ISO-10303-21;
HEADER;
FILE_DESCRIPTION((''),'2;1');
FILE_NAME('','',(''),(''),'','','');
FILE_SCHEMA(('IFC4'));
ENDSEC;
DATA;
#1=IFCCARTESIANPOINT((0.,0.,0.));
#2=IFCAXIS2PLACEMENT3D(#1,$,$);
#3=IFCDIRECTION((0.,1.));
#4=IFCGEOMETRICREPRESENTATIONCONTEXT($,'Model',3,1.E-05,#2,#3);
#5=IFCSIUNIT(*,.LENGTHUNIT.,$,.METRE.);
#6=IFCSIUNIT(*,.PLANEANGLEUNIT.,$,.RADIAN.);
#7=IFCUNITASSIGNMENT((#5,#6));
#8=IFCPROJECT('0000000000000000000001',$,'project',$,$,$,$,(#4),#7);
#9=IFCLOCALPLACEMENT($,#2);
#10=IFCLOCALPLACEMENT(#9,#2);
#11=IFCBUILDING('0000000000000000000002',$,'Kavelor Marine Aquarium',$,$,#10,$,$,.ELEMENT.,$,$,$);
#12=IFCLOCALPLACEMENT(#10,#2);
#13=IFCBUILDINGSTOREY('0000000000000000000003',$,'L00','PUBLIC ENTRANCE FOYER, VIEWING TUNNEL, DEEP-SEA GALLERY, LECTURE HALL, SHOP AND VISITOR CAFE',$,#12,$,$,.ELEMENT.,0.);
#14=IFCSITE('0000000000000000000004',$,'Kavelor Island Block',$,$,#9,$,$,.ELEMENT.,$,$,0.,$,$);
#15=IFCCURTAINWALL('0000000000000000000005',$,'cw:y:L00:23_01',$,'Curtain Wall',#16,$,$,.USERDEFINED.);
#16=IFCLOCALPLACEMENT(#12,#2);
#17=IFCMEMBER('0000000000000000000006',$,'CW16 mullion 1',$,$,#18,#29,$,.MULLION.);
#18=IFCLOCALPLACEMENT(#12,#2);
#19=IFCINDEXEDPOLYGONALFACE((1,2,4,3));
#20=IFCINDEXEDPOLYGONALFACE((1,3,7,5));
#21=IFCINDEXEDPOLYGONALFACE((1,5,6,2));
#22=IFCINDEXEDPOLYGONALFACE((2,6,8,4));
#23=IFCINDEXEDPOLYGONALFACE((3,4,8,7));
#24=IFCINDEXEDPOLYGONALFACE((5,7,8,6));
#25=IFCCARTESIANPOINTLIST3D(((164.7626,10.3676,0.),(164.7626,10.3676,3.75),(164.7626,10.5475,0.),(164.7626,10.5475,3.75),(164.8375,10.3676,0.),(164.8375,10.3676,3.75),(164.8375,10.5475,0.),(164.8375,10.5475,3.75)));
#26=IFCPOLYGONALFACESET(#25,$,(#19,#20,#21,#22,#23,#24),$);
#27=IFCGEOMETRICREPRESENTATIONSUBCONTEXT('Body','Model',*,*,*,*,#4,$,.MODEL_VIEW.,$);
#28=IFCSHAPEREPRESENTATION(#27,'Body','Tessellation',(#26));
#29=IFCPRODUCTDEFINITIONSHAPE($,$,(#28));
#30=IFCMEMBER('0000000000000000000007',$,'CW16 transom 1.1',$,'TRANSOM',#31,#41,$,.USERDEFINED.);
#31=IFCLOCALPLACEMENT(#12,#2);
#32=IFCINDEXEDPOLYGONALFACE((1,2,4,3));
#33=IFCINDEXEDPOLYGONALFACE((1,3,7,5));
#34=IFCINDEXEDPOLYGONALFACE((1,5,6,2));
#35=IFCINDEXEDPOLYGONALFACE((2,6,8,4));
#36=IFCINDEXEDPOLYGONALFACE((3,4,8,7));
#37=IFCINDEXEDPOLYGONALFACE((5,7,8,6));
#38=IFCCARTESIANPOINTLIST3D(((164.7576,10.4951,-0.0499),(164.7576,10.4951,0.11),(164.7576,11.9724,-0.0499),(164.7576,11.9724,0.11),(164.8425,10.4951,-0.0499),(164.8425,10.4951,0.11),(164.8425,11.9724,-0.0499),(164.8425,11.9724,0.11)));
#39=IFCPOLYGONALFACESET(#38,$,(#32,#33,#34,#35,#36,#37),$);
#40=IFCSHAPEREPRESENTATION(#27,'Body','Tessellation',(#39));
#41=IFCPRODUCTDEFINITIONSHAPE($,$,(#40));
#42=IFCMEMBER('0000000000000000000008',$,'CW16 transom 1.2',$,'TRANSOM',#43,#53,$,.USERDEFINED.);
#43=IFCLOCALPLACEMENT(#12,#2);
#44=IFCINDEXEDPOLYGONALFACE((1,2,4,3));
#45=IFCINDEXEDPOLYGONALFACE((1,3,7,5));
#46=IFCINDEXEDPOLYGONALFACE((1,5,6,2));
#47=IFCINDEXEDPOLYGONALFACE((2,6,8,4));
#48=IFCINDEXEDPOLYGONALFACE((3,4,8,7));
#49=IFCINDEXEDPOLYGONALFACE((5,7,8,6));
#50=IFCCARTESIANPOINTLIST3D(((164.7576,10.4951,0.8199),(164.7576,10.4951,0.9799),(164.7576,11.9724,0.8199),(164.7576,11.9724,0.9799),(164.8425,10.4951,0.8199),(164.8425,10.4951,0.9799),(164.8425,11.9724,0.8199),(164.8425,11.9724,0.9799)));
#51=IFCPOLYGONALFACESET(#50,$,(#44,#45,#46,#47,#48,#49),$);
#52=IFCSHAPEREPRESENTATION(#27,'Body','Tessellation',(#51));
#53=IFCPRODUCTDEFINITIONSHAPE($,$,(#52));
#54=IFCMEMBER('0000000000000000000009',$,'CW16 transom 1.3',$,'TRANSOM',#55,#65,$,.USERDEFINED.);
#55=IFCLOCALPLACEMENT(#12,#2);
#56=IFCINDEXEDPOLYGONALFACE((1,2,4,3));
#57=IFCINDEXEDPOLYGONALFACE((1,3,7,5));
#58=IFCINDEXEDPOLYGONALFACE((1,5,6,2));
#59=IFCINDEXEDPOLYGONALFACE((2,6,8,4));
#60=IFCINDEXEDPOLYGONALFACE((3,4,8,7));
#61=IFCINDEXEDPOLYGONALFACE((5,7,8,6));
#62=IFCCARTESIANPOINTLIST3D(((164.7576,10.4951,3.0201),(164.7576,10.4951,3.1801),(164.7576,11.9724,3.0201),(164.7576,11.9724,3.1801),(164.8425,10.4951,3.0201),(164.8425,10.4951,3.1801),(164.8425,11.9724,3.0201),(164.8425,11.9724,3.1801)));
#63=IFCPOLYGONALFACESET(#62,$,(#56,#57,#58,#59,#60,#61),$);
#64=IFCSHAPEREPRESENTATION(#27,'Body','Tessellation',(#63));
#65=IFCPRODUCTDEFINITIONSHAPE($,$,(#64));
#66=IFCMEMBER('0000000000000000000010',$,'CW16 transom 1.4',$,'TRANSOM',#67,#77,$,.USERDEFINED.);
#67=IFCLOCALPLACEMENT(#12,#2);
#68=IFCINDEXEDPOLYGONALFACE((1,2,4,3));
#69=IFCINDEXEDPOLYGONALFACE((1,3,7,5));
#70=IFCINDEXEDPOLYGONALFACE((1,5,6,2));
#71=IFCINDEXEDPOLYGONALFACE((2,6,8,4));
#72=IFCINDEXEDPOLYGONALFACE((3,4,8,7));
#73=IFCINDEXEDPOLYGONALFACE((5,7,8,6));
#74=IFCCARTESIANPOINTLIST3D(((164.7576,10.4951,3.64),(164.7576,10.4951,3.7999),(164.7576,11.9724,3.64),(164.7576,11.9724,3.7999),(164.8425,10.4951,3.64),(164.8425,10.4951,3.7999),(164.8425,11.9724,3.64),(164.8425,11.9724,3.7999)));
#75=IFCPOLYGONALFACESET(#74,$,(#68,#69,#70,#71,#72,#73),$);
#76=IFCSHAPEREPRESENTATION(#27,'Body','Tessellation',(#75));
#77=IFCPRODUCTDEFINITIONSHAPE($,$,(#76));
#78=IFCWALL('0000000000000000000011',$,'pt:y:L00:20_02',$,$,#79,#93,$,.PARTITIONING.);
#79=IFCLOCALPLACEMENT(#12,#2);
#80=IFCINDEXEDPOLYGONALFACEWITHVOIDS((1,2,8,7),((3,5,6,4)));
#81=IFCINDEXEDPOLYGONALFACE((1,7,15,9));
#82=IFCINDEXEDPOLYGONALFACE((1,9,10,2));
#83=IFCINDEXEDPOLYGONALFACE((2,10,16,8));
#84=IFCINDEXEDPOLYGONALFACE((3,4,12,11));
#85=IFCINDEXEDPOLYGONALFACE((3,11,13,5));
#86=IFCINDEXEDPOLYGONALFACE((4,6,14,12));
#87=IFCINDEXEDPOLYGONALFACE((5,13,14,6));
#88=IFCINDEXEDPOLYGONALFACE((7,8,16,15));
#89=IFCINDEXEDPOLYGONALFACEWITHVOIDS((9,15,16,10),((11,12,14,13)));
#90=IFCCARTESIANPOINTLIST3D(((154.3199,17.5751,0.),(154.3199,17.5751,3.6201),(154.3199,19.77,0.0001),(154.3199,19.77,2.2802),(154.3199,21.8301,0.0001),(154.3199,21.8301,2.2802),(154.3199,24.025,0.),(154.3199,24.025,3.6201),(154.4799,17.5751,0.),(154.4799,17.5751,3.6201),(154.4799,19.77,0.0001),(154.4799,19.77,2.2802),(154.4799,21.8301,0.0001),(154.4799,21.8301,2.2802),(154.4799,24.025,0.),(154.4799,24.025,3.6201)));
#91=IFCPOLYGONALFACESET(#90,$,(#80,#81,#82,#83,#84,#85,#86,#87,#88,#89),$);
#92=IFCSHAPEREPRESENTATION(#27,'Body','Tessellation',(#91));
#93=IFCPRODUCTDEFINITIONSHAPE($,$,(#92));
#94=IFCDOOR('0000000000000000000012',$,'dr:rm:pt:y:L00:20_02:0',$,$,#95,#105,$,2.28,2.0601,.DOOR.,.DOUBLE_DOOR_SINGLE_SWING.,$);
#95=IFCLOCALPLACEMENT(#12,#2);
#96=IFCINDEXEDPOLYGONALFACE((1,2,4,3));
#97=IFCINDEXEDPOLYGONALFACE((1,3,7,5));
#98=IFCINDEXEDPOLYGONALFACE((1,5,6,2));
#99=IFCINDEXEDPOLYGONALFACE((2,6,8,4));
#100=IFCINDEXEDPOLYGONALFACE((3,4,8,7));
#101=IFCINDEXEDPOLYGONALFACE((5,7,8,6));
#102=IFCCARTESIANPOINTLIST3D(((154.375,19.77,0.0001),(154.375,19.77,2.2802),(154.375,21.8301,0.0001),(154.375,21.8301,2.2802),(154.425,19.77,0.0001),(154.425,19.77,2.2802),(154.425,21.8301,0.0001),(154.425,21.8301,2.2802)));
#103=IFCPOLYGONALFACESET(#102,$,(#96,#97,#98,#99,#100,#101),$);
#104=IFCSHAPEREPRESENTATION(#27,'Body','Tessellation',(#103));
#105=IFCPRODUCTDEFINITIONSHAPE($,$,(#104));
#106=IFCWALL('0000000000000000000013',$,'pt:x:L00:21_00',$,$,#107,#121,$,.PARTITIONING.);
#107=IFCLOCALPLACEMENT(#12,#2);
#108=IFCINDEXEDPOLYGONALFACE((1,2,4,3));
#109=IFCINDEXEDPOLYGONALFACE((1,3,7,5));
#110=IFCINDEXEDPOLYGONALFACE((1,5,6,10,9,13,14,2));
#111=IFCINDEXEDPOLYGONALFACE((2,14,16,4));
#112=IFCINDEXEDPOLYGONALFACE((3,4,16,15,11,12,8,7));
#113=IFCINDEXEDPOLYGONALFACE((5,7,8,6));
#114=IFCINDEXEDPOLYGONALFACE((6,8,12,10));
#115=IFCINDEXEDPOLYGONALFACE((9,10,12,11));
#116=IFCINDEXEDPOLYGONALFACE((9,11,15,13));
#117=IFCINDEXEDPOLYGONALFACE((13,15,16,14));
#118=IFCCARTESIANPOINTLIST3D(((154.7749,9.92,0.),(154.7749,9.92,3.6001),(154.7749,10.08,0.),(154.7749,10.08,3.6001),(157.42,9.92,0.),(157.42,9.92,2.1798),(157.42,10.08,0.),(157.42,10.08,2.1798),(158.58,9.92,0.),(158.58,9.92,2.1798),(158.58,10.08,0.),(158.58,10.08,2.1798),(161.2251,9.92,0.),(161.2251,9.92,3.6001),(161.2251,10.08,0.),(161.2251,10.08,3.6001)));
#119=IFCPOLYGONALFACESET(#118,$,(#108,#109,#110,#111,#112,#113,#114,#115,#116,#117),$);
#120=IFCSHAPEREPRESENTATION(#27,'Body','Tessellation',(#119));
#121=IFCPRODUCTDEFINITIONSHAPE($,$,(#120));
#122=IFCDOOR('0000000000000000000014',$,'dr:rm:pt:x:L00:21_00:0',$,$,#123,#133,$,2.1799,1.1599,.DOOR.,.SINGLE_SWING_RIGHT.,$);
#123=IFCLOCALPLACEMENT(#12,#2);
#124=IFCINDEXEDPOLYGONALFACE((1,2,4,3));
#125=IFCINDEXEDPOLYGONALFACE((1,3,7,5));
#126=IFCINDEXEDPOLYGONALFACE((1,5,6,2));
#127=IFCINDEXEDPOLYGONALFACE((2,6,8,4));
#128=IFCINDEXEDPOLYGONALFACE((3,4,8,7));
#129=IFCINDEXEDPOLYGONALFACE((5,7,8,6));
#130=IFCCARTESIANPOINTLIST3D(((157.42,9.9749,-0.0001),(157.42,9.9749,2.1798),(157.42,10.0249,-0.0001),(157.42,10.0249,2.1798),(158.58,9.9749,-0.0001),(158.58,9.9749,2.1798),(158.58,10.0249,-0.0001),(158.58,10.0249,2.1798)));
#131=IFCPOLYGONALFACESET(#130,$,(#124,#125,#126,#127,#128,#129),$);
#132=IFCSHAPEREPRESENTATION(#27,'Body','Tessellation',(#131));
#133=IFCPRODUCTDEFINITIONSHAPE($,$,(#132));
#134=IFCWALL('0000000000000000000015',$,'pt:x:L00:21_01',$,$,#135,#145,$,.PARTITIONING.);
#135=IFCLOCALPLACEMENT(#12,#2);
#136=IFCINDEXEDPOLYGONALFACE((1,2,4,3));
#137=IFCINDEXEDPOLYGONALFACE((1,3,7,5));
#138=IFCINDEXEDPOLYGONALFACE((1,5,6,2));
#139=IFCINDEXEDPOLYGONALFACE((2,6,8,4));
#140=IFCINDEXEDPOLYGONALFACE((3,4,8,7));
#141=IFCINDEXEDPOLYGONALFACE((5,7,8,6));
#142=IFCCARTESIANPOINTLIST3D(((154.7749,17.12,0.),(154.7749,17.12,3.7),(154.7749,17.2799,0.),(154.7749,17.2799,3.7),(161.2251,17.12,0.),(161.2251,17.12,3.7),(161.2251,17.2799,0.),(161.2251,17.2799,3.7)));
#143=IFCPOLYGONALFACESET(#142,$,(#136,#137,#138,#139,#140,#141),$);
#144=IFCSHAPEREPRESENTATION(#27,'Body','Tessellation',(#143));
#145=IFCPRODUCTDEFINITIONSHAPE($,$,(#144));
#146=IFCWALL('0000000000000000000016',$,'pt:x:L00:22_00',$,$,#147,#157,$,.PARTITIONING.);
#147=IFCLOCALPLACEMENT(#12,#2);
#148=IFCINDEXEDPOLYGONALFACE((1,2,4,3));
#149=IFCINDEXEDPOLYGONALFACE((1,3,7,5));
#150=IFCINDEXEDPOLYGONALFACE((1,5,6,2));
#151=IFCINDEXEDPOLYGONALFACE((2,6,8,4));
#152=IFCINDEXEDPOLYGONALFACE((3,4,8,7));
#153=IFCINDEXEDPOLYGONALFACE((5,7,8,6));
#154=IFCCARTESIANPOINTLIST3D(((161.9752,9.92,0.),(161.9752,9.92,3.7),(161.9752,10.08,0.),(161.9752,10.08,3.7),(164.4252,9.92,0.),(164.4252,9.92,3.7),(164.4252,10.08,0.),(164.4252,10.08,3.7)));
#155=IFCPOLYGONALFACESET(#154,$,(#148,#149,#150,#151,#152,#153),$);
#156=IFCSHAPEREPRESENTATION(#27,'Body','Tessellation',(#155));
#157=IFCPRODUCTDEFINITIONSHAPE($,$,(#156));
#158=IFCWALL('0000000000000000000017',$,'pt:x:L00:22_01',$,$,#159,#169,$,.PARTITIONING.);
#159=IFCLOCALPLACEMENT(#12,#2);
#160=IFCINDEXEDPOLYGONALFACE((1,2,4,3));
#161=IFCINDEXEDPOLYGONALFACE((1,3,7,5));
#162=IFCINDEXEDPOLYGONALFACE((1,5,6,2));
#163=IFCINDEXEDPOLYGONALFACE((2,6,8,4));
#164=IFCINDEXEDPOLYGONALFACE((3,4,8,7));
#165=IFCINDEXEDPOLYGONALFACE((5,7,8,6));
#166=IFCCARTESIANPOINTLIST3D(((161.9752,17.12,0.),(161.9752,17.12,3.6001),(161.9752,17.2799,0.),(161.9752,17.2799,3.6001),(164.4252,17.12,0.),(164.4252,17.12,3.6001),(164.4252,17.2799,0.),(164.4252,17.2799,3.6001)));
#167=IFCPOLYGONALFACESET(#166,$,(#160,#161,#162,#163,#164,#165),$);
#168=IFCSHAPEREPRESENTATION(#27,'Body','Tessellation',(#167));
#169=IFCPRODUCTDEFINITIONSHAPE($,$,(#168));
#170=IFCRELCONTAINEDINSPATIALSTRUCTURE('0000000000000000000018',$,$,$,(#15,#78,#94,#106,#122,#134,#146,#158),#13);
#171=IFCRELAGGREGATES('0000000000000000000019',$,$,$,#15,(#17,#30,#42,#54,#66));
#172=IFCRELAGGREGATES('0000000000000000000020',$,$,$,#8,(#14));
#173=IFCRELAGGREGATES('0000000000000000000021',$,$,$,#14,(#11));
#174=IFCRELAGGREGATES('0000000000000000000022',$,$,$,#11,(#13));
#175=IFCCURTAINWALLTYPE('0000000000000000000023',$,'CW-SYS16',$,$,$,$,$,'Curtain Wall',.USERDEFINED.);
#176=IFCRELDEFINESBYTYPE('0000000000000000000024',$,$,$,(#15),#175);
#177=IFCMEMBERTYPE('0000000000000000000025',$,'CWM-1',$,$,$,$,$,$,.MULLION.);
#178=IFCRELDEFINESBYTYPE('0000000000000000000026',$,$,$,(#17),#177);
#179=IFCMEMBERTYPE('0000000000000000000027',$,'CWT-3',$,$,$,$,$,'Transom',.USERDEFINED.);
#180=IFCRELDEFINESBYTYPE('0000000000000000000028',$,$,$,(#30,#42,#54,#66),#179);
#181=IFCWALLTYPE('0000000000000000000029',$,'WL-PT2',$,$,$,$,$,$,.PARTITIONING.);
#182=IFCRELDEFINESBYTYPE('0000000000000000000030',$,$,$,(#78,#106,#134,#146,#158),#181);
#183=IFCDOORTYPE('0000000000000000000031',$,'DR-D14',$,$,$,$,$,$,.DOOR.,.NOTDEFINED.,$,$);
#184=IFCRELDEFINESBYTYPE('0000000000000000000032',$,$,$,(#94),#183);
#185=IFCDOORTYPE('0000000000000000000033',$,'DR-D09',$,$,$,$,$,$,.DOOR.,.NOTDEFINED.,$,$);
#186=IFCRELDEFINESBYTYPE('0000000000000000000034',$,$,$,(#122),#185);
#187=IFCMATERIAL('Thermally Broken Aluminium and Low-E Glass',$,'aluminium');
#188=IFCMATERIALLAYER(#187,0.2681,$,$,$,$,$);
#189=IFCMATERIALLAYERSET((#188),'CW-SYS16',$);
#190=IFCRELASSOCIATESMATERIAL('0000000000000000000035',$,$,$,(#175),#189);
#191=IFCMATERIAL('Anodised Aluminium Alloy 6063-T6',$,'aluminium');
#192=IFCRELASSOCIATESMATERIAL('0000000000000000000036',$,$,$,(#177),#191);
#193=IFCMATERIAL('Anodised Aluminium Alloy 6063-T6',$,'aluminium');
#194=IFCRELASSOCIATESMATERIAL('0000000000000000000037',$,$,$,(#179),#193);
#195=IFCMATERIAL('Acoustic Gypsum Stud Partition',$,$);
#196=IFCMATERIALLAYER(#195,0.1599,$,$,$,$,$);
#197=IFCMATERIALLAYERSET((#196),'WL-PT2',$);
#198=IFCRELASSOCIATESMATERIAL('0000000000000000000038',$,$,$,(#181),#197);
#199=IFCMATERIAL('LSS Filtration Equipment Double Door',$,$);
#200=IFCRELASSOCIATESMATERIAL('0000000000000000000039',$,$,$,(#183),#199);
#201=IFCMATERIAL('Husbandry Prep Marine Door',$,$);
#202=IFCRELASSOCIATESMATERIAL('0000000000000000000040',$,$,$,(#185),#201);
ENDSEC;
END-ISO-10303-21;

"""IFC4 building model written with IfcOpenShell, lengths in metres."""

from ifc_helpers import new_model, si_unit, direction, frame, frame_2d, origin, origin_2d, place, context, subcontext, project, spatial, rectangle, extrude, material, layer, layer_set, material_profile, profile_set, type_object, element, fill, aggregate, save


model = new_model("IFC4")

# Units and contexts
model_context = context("Model", 3, precision=1e-05, world=origin(), true_north=direction((0.0, 1.0)))
body_context = subcontext(model_context, "Body", "Model", "MODEL_VIEW")
ifc_project = project(units=[si_unit("LENGTHUNIT", "METRE"), si_unit("PLANEANGLEUNIT", "RADIAN")], contexts=[model_context])

# Site, building, storey
site_placement = place(None, origin())
site = spatial("IfcSite", under=ifc_project, at=site_placement, Name="Kavelor Island Block", CompositionType="ELEMENT", RefElevation=0.0)
building_placement = place(site_placement, origin())
building = spatial("IfcBuilding", under=site, at=building_placement, Name="Kavelor Marine Aquarium", CompositionType="ELEMENT")
storey_placement = place(building_placement, origin())
storey = spatial("IfcBuildingStorey", under=building, at=storey_placement, Name="L00", Description="PUBLIC ENTRANCE FOYER, VIEWING TUNNEL, DEEP-SEA GALLERY, LECTURE HALL, SHOP AND VISITOR CAFE", CompositionType="ELEMENT", Elevation=0.0)

# Curtain wall, members
ifc_material_1 = material(Name="Thermally Broken Aluminium and Low-E Glass", Category="aluminium")
ifc_layer_1 = layer(ifc_material_1, 0.2681)
ifc_layer_set_1 = layer_set([ifc_layer_1], Name="CW-SYS16")
curtain_wall_type = type_object("IfcCurtainWallType", Name="CW-SYS16", ElementType="Curtain Wall", PredefinedType="USERDEFINED", material=ifc_layer_set_1)
curtain_wall_placement = place(storey_placement, origin())
curtain_wall = element("IfcCurtainWall", 1, at=curtain_wall_placement, inside=storey, type_object=curtain_wall_type, Name="cw:y:L00:23_01", ObjectType="Curtain Wall", PredefinedType="USERDEFINED")
ifc_material_2 = material(Name="Anodised Aluminium Alloy 6063-T6", Category="aluminium")
ifc_material_profile_1 = material_profile(ifc_material_2, rectangle(XDim=0.075, YDim=0.1799, at=origin_2d()), Name="CW-MUL 75x180")
ifc_profile_set_1 = profile_set([ifc_material_profile_1], Name="Anodised Aluminium Alloy 6063-T6")
member_type_1 = type_object("IfcMemberType", Name="CWM-1", PredefinedType="MULLION", material=ifc_profile_set_1)
member_1_placement = place(storey_placement, frame((164.8, 10.4575, 0.0), z_axis=(0.0, 0.0, 1.0), x_axis=(-1.0, 0.0, 0.0)))
member_1 = element("IfcMember", 2, at=member_1_placement, type_object=member_type_1, Name="CW16 mullion 1", PredefinedType="MULLION", context=body_context, shape_type="SweptSolid", body=[
    extrude(rectangle(XDim=0.075, YDim=0.1799, at=origin_2d()), origin(), (0.0, 0.0, 1.0), 3.75),
])
ifc_material_3 = material(Name="Anodised Aluminium Alloy 6063-T6", Category="aluminium")
ifc_material_profile_2 = material_profile(ifc_material_3, rectangle(XDim=0.085, YDim=0.1599, at=origin_2d()), Name="CW-TRN 85x160")
ifc_profile_set_2 = profile_set([ifc_material_profile_2], Name="Anodised Aluminium Alloy 6063-T6")
member_type_2 = type_object("IfcMemberType", Name="CWT-3", ElementType="Transom", PredefinedType="USERDEFINED", material=ifc_profile_set_2)
member_2_placement = place(storey_placement, frame((164.8, 10.4951, 0.03), z_axis=(0.0, 1.0, 0.0), x_axis=(-1.0, 0.0, 0.0)))
member_2 = element("IfcMember", 3, at=member_2_placement, type_object=member_type_2, Name="CW16 transom 1.1", ObjectType="TRANSOM", PredefinedType="USERDEFINED", context=body_context, shape_type="SweptSolid", body=[
    extrude(rectangle(XDim=0.085, YDim=0.1599, at=origin_2d()), origin(), (0.0, 0.0, 1.0), 1.4773),
])
member_3_placement = place(storey_placement, frame((164.8, 10.4951, 0.8999), z_axis=(0.0, 1.0, 0.0), x_axis=(-1.0, 0.0, 0.0)))
member_3 = element("IfcMember", 4, at=member_3_placement, type_object=member_type_2, Name="CW16 transom 1.2", ObjectType="TRANSOM", PredefinedType="USERDEFINED", context=body_context, shape_type="SweptSolid", body=[
    extrude(rectangle(XDim=0.085, YDim=0.1599, at=origin_2d()), origin(), (0.0, 0.0, 1.0), 1.4773),
])
member_4_placement = place(storey_placement, frame((164.8, 10.4951, 3.1001), z_axis=(0.0, 1.0, 0.0), x_axis=(-1.0, 0.0, 0.0)))
member_4 = element("IfcMember", 5, at=member_4_placement, type_object=member_type_2, Name="CW16 transom 1.3", ObjectType="TRANSOM", PredefinedType="USERDEFINED", context=body_context, shape_type="SweptSolid", body=[
    extrude(rectangle(XDim=0.085, YDim=0.1599, at=origin_2d()), origin(), (0.0, 0.0, 1.0), 1.4773),
])
member_5_placement = place(storey_placement, frame((164.8, 10.4951, 3.72), z_axis=(0.0, 1.0, 0.0), x_axis=(-1.0, 0.0, 0.0)))
member_5 = element("IfcMember", 6, at=member_5_placement, type_object=member_type_2, Name="CW16 transom 1.4", ObjectType="TRANSOM", PredefinedType="USERDEFINED", context=body_context, shape_type="SweptSolid", body=[
    extrude(rectangle(XDim=0.085, YDim=0.1599, at=origin_2d()), origin(), (0.0, 0.0, 1.0), 1.4773),
])
aggregate(curtain_wall, [member_1, member_2, member_3, member_4, member_5])

# Walls, openings, doors
ifc_material_4 = material(Name="Acoustic Gypsum Stud Partition")
ifc_layer_2 = layer(ifc_material_4, 0.1599)
ifc_layer_set_2 = layer_set([ifc_layer_2], Name="WL-PT2")
wall_type = type_object("IfcWallType", Name="WL-PT2", PredefinedType="PARTITIONING", material=ifc_layer_set_2)
wall_1_placement = place(storey_placement, frame((154.3999, 17.575, 0.0), z_axis=(0.0, 0.0, 1.0), x_axis=(0.0, 1.0, 0.0)))
wall_1 = element("IfcWall", 7, at=wall_1_placement, inside=storey, type_object=wall_type, Name="pt:y:L00:20_02", PredefinedType="PARTITIONING", context=body_context, shape_type="SweptSolid", body=[
    extrude(rectangle(XDim=6.45, YDim=0.1599, at=frame_2d((3.2251, 0.0))), origin(), (0.0, 0.0, 1.0), 3.6201),
])
opening_1_placement = place(wall_1_placement, frame((2.1951, 0.0, 0.0)))
opening_1 = element("IfcOpeningElement", 8, at=opening_1_placement, cuts=wall_1, PredefinedType="OPENING", context=body_context, shape_type="SweptSolid", body=[
    extrude(rectangle(XDim=2.0601, YDim=2.28, at=frame_2d((1.03, 1.1401))), frame((0.0, 0.0898, 0.0), z_axis=(0.0, -1.0, 0.0), x_axis=(1.0, 0.0, 0.0)), (0.0, 0.0, 1.0), 0.1799),
])
ifc_material_5 = material(Name="LSS Filtration Equipment Double Door")
door_type_1 = type_object("IfcDoorType", Name="DR-D14", OperationType="NOTDEFINED", PredefinedType="DOOR", material=ifc_material_5)
door_1_placement = place(opening_1_placement, origin())
door_1 = element("IfcDoor", 9, at=door_1_placement, inside=storey, type_object=door_type_1, Name="dr:rm:pt:y:L00:20_02:0", OperationType="DOUBLE_DOOR_SINGLE_SWING", OverallHeight=2.28, OverallWidth=2.0601, PredefinedType="DOOR", context=body_context, shape_type="SweptSolid", body=[
    extrude(rectangle(XDim=2.0601, YDim=2.28, at=frame_2d((1.03, 1.1401))), frame((0.0, 0.0249, 0.0), z_axis=(0.0, -1.0, 0.0), x_axis=(1.0, 0.0, 0.0)), (0.0, 0.0, 1.0), 0.05),
])
fill(opening_1, door_1)
wall_2_placement = place(storey_placement, frame((154.7749, 10.0, 0.0), z_axis=(0.0, 0.0, 1.0), x_axis=(1.0, 0.0, 0.0)))
wall_2 = element("IfcWall", 10, at=wall_2_placement, inside=storey, type_object=wall_type, Name="pt:x:L00:21_00", PredefinedType="PARTITIONING", context=body_context, shape_type="SweptSolid", body=[
    extrude(rectangle(XDim=6.4502, YDim=0.1599, at=frame_2d((3.2251, 0.0))), origin(), (0.0, 0.0, 1.0), 3.6001),
])
opening_2_placement = place(wall_2_placement, frame((2.645, 0.0, 0.0)))
opening_2 = element("IfcOpeningElement", 11, at=opening_2_placement, cuts=wall_2, PredefinedType="OPENING", context=body_context, shape_type="SweptSolid", body=[
    extrude(rectangle(XDim=1.1599, YDim=2.1799, at=frame_2d((0.5801, 1.0898))), frame((0.0, 0.0898, 0.0), z_axis=(0.0, -1.0, 0.0), x_axis=(1.0, 0.0, 0.0)), (0.0, 0.0, 1.0), 0.1799),
])
ifc_material_6 = material(Name="Husbandry Prep Marine Door")
door_type_2 = type_object("IfcDoorType", Name="DR-D09", OperationType="NOTDEFINED", PredefinedType="DOOR", material=ifc_material_6)
door_2_placement = place(opening_2_placement, origin())
door_2 = element("IfcDoor", 12, at=door_2_placement, inside=storey, type_object=door_type_2, Name="dr:rm:pt:x:L00:21_00:0", OperationType="SINGLE_SWING_RIGHT", OverallHeight=2.1799, OverallWidth=1.1599, PredefinedType="DOOR", context=body_context, shape_type="SweptSolid", body=[
    extrude(rectangle(XDim=1.1599, YDim=2.1799, at=frame_2d((0.5801, 1.0898))), frame((0.0, 0.0249, 0.0), z_axis=(0.0, -1.0, 0.0), x_axis=(1.0, 0.0, 0.0)), (0.0, 0.0, 1.0), 0.05),
])
fill(opening_2, door_2)

# Walls
wall_3_placement = place(storey_placement, frame((154.7749, 17.2, 0.0), z_axis=(0.0, 0.0, 1.0), x_axis=(1.0, 0.0, 0.0)))
element("IfcWall", 13, at=wall_3_placement, inside=storey, type_object=wall_type, Name="pt:x:L00:21_01", PredefinedType="PARTITIONING", context=body_context, shape_type="SweptSolid", body=[
    extrude(rectangle(XDim=6.4502, YDim=0.1599, at=frame_2d((3.2251, 0.0))), origin(), (0.0, 0.0, 1.0), 3.7),
])
wall_4_placement = place(storey_placement, frame((161.9751, 10.0, 0.0), z_axis=(0.0, 0.0, 1.0), x_axis=(1.0, 0.0, 0.0)))
element("IfcWall", 14, at=wall_4_placement, inside=storey, type_object=wall_type, Name="pt:x:L00:22_00", PredefinedType="PARTITIONING", context=body_context, shape_type="SweptSolid", body=[
    extrude(rectangle(XDim=2.45, YDim=0.1599, at=frame_2d((1.2251, 0.0))), origin(), (0.0, 0.0, 1.0), 3.7),
])
wall_5_placement = place(storey_placement, frame((161.9751, 17.2, 0.0), z_axis=(0.0, 0.0, 1.0), x_axis=(1.0, 0.0, 0.0)))
element("IfcWall", 15, at=wall_5_placement, inside=storey, type_object=wall_type, Name="pt:x:L00:22_01", PredefinedType="PARTITIONING", context=body_context, shape_type="SweptSolid", body=[
    extrude(rectangle(XDim=2.45, YDim=0.1599, at=frame_2d((1.2251, 0.0))), origin(), (0.0, 0.0, 1.0), 3.6001),
])

save(model, "model.ifc")
